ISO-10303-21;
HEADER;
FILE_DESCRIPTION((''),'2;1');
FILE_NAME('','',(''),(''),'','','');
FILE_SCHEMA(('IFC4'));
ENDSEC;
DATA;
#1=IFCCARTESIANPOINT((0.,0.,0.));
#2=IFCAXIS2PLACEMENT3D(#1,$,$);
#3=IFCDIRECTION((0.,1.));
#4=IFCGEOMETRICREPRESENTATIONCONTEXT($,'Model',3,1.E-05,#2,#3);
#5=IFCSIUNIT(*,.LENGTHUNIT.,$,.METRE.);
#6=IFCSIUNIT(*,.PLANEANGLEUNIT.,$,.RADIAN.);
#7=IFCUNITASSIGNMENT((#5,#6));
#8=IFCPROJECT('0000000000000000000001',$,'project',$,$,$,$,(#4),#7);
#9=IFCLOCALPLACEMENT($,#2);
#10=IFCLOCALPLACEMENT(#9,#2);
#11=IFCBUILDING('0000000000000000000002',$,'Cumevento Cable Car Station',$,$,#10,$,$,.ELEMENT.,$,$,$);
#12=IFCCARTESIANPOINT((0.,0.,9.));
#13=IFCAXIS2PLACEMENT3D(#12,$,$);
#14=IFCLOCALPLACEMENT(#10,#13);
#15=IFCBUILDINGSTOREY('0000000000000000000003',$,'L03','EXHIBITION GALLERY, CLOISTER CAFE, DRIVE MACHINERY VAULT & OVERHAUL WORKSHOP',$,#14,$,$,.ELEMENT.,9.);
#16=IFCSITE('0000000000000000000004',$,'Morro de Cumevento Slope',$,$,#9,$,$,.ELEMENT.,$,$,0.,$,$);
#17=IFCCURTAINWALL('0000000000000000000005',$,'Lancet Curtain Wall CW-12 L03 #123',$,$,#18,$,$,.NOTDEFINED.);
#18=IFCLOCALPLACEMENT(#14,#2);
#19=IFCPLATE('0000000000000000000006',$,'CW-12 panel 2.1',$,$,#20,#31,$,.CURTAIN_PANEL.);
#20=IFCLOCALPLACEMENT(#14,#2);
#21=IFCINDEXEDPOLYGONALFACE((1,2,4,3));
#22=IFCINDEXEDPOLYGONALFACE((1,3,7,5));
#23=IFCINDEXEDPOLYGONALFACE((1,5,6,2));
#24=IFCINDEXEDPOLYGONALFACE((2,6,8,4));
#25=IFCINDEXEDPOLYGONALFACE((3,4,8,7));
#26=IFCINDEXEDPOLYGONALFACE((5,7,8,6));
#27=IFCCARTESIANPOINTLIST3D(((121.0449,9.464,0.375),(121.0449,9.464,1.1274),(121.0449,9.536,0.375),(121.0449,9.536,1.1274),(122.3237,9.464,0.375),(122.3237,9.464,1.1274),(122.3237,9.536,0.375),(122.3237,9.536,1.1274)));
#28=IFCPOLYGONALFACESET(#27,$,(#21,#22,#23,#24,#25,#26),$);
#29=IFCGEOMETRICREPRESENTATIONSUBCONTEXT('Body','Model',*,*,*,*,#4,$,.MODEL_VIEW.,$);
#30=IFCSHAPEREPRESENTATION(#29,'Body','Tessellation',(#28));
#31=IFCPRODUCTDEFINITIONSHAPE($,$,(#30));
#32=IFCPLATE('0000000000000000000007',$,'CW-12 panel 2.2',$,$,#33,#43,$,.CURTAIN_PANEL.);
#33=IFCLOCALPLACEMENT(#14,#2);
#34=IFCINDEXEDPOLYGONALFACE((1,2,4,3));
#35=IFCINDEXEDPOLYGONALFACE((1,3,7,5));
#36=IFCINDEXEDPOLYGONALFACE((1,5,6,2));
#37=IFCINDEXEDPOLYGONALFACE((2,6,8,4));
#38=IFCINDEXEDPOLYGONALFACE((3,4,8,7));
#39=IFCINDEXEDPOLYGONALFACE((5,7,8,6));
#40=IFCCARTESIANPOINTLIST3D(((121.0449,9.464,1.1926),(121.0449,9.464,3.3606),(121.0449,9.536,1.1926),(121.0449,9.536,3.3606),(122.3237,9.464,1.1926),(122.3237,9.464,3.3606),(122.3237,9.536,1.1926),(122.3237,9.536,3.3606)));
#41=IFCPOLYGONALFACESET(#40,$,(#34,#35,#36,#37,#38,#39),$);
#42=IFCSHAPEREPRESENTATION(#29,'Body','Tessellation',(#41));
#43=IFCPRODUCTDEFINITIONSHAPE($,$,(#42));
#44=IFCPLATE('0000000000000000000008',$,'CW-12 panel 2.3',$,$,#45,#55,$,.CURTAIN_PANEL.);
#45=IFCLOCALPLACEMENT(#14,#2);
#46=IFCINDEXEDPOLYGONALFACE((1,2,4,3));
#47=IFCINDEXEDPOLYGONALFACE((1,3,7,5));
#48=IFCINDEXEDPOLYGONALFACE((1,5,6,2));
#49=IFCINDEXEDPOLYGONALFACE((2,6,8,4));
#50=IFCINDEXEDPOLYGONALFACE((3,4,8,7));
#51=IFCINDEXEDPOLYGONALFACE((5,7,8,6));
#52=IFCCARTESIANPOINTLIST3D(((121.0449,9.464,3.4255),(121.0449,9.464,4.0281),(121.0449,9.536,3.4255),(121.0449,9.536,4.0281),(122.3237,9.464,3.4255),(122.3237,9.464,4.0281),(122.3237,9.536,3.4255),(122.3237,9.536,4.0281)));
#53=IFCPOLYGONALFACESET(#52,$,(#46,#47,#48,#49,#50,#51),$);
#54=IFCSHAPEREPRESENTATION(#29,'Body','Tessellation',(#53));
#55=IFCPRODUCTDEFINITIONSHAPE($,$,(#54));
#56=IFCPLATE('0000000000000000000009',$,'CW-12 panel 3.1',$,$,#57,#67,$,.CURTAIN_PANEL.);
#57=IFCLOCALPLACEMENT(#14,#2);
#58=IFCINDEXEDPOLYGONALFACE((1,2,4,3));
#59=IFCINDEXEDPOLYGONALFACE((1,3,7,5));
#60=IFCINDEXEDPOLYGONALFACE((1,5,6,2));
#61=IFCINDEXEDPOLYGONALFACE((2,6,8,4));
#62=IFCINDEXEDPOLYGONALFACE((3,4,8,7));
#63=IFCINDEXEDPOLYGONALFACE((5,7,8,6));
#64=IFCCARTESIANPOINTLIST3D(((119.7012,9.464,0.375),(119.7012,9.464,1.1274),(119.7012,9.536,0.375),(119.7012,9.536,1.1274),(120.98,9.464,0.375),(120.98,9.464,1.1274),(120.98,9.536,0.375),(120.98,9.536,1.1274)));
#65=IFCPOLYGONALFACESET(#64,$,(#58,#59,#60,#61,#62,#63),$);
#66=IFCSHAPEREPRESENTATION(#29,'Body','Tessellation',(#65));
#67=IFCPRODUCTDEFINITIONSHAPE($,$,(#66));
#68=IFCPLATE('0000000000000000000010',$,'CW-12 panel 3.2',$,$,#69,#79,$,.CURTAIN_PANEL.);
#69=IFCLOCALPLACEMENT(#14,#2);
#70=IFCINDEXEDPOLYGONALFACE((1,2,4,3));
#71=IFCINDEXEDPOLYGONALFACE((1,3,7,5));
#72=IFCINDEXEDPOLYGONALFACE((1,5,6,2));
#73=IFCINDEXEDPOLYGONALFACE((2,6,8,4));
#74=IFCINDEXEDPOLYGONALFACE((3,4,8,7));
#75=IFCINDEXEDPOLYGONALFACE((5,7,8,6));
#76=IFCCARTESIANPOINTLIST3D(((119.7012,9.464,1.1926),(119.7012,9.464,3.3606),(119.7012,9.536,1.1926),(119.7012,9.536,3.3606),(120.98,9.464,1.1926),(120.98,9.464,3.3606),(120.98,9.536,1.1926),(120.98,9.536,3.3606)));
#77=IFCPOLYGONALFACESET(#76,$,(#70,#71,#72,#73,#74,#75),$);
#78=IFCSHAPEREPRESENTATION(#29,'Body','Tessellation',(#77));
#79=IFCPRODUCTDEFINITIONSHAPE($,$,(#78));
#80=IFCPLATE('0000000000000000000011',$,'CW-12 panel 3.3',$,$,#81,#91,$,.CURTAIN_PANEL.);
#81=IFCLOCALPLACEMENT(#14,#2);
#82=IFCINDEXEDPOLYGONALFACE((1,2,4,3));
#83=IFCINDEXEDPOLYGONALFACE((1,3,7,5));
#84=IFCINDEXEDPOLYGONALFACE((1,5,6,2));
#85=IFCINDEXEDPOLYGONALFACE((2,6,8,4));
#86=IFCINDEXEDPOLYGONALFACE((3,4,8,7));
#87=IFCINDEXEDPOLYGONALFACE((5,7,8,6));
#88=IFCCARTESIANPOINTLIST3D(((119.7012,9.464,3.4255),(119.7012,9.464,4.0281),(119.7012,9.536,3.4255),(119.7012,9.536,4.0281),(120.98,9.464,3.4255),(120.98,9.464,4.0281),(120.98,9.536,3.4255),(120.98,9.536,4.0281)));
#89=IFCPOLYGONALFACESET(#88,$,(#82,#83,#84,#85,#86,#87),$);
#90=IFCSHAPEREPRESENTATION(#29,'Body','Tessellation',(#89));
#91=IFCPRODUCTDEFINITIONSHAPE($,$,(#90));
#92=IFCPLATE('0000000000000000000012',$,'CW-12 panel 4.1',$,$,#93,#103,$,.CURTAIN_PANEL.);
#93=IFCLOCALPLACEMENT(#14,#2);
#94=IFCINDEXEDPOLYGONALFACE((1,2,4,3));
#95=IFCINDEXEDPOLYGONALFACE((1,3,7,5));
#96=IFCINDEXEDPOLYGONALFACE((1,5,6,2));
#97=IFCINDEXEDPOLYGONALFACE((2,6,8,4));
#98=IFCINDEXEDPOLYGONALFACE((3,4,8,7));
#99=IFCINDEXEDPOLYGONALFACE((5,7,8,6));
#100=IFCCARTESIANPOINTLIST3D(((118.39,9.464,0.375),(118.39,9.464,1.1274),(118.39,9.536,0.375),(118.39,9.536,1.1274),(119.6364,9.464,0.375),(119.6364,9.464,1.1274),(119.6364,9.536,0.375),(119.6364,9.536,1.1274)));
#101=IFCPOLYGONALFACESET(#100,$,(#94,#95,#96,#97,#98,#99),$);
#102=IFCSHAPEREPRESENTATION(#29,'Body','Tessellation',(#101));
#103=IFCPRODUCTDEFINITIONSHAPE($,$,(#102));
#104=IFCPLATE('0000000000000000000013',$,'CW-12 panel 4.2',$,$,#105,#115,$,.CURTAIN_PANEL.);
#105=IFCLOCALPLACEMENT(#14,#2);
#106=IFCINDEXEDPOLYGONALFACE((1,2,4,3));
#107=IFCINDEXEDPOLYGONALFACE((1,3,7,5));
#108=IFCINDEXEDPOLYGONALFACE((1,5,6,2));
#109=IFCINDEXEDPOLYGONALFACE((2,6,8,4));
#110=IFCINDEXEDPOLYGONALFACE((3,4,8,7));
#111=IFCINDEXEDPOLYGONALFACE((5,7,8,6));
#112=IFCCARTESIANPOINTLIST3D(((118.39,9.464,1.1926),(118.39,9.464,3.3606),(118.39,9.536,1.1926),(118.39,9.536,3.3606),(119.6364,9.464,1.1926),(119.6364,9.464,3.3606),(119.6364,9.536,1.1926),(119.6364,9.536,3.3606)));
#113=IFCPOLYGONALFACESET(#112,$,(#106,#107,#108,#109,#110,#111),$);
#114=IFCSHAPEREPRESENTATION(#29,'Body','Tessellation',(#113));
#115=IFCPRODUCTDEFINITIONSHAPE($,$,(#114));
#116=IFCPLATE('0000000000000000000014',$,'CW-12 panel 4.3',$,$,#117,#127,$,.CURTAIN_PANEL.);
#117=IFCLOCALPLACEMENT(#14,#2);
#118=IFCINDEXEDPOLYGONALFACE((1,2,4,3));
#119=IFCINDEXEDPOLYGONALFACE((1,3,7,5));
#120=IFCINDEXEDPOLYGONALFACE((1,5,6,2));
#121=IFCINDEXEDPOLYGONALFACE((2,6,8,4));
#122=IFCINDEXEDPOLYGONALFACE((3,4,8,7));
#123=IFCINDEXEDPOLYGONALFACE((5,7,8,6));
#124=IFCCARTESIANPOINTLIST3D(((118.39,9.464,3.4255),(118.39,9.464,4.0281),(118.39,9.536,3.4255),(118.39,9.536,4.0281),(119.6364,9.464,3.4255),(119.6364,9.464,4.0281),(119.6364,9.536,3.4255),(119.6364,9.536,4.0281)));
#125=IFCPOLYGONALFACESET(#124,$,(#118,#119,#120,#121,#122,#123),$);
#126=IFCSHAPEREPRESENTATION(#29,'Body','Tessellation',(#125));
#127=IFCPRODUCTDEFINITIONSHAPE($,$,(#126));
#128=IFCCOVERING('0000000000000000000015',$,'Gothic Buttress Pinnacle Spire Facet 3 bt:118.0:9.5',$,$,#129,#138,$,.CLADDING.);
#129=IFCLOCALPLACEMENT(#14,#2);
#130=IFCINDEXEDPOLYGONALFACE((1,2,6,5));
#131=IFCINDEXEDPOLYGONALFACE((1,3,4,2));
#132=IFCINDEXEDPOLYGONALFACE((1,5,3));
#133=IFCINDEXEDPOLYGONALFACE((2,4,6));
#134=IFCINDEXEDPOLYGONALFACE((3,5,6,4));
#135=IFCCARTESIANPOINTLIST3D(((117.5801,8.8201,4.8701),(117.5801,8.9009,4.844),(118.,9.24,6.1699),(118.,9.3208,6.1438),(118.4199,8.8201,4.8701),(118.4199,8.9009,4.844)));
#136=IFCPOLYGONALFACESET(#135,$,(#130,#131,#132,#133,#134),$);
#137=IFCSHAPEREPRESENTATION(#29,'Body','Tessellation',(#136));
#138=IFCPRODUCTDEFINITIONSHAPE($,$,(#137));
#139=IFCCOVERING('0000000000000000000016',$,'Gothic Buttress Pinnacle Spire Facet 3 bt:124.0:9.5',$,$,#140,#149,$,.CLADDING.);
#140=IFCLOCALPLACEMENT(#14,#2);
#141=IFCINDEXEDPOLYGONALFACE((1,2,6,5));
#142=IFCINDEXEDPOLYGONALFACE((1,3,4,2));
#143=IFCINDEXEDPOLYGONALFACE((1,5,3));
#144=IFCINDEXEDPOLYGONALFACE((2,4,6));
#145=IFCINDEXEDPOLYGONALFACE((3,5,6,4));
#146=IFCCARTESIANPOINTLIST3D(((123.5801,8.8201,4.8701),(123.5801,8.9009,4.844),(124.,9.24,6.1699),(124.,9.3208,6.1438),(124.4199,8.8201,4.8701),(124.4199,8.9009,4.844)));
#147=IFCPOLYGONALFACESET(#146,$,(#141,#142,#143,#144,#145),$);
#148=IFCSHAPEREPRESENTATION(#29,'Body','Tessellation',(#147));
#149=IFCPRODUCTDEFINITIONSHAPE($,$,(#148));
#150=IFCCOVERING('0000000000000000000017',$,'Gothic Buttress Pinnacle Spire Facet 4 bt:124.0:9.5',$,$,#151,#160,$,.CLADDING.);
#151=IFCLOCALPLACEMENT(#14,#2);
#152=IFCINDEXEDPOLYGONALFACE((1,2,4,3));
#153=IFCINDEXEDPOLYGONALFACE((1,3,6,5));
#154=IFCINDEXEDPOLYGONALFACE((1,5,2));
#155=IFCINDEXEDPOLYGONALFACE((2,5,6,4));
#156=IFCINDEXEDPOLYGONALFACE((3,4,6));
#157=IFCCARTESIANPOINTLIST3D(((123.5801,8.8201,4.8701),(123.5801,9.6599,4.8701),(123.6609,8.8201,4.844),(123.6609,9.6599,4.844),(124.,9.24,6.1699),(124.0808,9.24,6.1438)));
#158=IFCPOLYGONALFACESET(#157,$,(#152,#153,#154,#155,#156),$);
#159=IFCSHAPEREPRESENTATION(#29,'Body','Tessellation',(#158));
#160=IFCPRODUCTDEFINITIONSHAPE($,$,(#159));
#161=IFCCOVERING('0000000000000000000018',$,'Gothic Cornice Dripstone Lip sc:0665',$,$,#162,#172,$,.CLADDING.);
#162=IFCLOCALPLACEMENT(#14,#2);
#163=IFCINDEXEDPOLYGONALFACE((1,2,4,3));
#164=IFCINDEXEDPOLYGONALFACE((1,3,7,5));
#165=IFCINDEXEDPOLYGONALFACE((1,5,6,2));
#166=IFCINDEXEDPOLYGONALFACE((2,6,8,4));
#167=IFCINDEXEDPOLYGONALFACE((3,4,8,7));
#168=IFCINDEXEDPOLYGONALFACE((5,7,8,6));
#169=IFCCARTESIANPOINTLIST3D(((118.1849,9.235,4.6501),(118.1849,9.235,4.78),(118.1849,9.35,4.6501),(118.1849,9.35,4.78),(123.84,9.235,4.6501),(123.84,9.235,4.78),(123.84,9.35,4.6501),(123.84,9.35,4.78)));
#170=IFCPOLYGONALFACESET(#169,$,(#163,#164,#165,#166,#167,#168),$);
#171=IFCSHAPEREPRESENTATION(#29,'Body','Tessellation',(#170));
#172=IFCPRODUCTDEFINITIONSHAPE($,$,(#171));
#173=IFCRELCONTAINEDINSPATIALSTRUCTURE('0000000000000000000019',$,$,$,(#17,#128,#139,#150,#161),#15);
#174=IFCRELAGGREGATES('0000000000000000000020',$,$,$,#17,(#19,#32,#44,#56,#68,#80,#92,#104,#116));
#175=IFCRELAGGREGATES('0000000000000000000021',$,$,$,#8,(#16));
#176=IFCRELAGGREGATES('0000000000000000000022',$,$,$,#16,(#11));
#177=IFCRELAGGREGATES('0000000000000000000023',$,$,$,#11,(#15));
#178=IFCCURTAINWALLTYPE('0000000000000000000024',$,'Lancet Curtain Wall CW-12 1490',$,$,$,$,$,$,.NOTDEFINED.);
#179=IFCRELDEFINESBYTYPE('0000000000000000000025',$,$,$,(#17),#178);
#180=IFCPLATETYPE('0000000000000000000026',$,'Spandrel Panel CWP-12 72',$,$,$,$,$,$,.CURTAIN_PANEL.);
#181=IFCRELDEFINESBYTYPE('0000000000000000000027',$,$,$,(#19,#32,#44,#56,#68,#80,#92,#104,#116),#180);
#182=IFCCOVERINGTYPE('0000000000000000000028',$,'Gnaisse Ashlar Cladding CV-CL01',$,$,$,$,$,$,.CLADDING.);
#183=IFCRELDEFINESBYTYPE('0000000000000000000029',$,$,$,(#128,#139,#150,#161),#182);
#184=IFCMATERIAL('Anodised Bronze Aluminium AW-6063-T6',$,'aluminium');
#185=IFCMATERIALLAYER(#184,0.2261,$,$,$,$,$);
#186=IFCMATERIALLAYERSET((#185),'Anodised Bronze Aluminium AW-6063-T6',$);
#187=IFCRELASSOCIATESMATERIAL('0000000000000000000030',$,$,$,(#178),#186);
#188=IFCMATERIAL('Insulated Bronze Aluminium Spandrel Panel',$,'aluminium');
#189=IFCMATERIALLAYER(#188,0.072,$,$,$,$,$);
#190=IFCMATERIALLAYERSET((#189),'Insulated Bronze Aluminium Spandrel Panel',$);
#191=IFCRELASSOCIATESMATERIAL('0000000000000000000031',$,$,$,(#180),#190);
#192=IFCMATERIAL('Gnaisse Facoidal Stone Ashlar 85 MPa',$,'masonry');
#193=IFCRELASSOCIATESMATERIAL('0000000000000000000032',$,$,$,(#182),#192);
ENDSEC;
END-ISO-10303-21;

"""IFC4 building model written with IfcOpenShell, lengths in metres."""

from ifc_helpers import new_model, si_unit, direction, frame, origin, origin_2d, place, context, subcontext, project, spatial, polyline, rectangle, outline, extrude, material, layer, layer_set, type_object, element, aggregate, save


model = new_model("IFC4")

# Units and contexts
model_context = context("Model", 3, precision=1e-05, world=origin(), true_north=direction((0.0, 1.0)))
body_context = subcontext(model_context, "Body", "Model", "MODEL_VIEW")
ifc_project = project(units=[si_unit("LENGTHUNIT", "METRE"), si_unit("PLANEANGLEUNIT", "RADIAN")], contexts=[model_context])

# Site, building, storey
site_placement = place(None, origin())
site = spatial("IfcSite", under=ifc_project, at=site_placement, Name="Morro de Cumevento Slope", CompositionType="ELEMENT", RefElevation=0.0)
building_placement = place(site_placement, origin())
building = spatial("IfcBuilding", under=site, at=building_placement, Name="Cumevento Cable Car Station", CompositionType="ELEMENT")
storey_placement = place(building_placement, frame((0.0, 0.0, 9.0)))
storey = spatial("IfcBuildingStorey", under=building, at=storey_placement, Name="L03", Description="EXHIBITION GALLERY, CLOISTER CAFE, DRIVE MACHINERY VAULT & OVERHAUL WORKSHOP", CompositionType="ELEMENT", Elevation=9.0)

# Curtain wall
ifc_material_1 = material(Name="Anodised Bronze Aluminium AW-6063-T6", Category="aluminium")
ifc_layer_1 = layer(ifc_material_1, 0.2261)
ifc_layer_set_1 = layer_set([ifc_layer_1], Name="Anodised Bronze Aluminium AW-6063-T6")
curtain_wall_type = type_object("IfcCurtainWallType", Name="Lancet Curtain Wall CW-12 1490", PredefinedType="NOTDEFINED", material=ifc_layer_set_1)
curtain_wall_placement = place(storey_placement, origin())
curtain_wall = element("IfcCurtainWall", 1, at=curtain_wall_placement, inside=storey, type_object=curtain_wall_type, Name="Lancet Curtain Wall CW-12 L03 #123", PredefinedType="NOTDEFINED")

# Plates
ifc_material_2 = material(Name="Insulated Bronze Aluminium Spandrel Panel", Category="aluminium")
ifc_layer_2 = layer(ifc_material_2, 0.072)
ifc_layer_set_2 = layer_set([ifc_layer_2], Name="Insulated Bronze Aluminium Spandrel Panel")
plate_type = type_object("IfcPlateType", Name="Spandrel Panel CWP-12 72", PredefinedType="CURTAIN_PANEL", material=ifc_layer_set_2)
plate_1_placement = place(storey_placement, frame((121.6843, 9.5, 0.375), z_axis=(0.0, 0.0, 1.0), x_axis=(-1.0, 0.0, 0.0)))
plate_1 = element("IfcPlate", 2, at=plate_1_placement, type_object=plate_type, Name="CW-12 panel 2.1", PredefinedType="CURTAIN_PANEL", context=body_context, shape_type="SweptSolid", body=[
    extrude(rectangle(XDim=1.2788, YDim=0.072, at=origin_2d()), origin(), (0.0, 0.0, 1.0), 0.7524),
])
plate_2_placement = place(storey_placement, frame((121.6843, 9.5, 1.1926), z_axis=(0.0, 0.0, 1.0), x_axis=(-1.0, 0.0, 0.0)))
plate_2 = element("IfcPlate", 3, at=plate_2_placement, type_object=plate_type, Name="CW-12 panel 2.2", PredefinedType="CURTAIN_PANEL", context=body_context, shape_type="SweptSolid", body=[
    extrude(rectangle(XDim=1.2788, YDim=0.072, at=origin_2d()), origin(), (0.0, 0.0, 1.0), 2.168),
])
plate_3_placement = place(storey_placement, frame((121.6843, 9.5, 3.4255), z_axis=(0.0, 0.0, 1.0), x_axis=(-1.0, 0.0, 0.0)))
plate_3 = element("IfcPlate", 4, at=plate_3_placement, type_object=plate_type, Name="CW-12 panel 2.3", PredefinedType="CURTAIN_PANEL", context=body_context, shape_type="SweptSolid", body=[
    extrude(rectangle(XDim=1.2788, YDim=0.072, at=origin_2d()), origin(), (0.0, 0.0, 1.0), 0.6025),
])
plate_4_placement = place(storey_placement, frame((120.3406, 9.5, 0.375), z_axis=(0.0, 0.0, 1.0), x_axis=(-1.0, 0.0, 0.0)))
plate_4 = element("IfcPlate", 5, at=plate_4_placement, type_object=plate_type, Name="CW-12 panel 3.1", PredefinedType="CURTAIN_PANEL", context=body_context, shape_type="SweptSolid", body=[
    extrude(rectangle(XDim=1.2788, YDim=0.072, at=origin_2d()), origin(), (0.0, 0.0, 1.0), 0.7524),
])
plate_5_placement = place(storey_placement, frame((120.3406, 9.5, 1.1926), z_axis=(0.0, 0.0, 1.0), x_axis=(-1.0, 0.0, 0.0)))
plate_5 = element("IfcPlate", 6, at=plate_5_placement, type_object=plate_type, Name="CW-12 panel 3.2", PredefinedType="CURTAIN_PANEL", context=body_context, shape_type="SweptSolid", body=[
    extrude(rectangle(XDim=1.2788, YDim=0.072, at=origin_2d()), origin(), (0.0, 0.0, 1.0), 2.168),
])
plate_6_placement = place(storey_placement, frame((120.3406, 9.5, 3.4255), z_axis=(0.0, 0.0, 1.0), x_axis=(-1.0, 0.0, 0.0)))
plate_6 = element("IfcPlate", 7, at=plate_6_placement, type_object=plate_type, Name="CW-12 panel 3.3", PredefinedType="CURTAIN_PANEL", context=body_context, shape_type="SweptSolid", body=[
    extrude(rectangle(XDim=1.2788, YDim=0.072, at=origin_2d()), origin(), (0.0, 0.0, 1.0), 0.6025),
])
plate_7_placement = place(storey_placement, frame((119.0132, 9.5, 0.375), z_axis=(0.0, 0.0, 1.0), x_axis=(-1.0, 0.0, 0.0)))
plate_7 = element("IfcPlate", 8, at=plate_7_placement, type_object=plate_type, Name="CW-12 panel 4.1", PredefinedType="CURTAIN_PANEL", context=body_context, shape_type="SweptSolid", body=[
    extrude(rectangle(XDim=1.2463, YDim=0.072, at=origin_2d()), origin(), (0.0, 0.0, 1.0), 0.7524),
])
plate_8_placement = place(storey_placement, frame((119.0132, 9.5, 1.1926), z_axis=(0.0, 0.0, 1.0), x_axis=(-1.0, 0.0, 0.0)))
plate_8 = element("IfcPlate", 9, at=plate_8_placement, type_object=plate_type, Name="CW-12 panel 4.2", PredefinedType="CURTAIN_PANEL", context=body_context, shape_type="SweptSolid", body=[
    extrude(rectangle(XDim=1.2463, YDim=0.072, at=origin_2d()), origin(), (0.0, 0.0, 1.0), 2.168),
])
plate_9_placement = place(storey_placement, frame((119.0132, 9.5, 3.4255), z_axis=(0.0, 0.0, 1.0), x_axis=(-1.0, 0.0, 0.0)))
plate_9 = element("IfcPlate", 10, at=plate_9_placement, type_object=plate_type, Name="CW-12 panel 4.3", PredefinedType="CURTAIN_PANEL", context=body_context, shape_type="SweptSolid", body=[
    extrude(rectangle(XDim=1.2463, YDim=0.072, at=origin_2d()), origin(), (0.0, 0.0, 1.0), 0.6025),
])
aggregate(curtain_wall, [plate_1, plate_2, plate_3, plate_4, plate_5, plate_6, plate_7, plate_8, plate_9])

# Coverings
ifc_material_3 = material(Name="Gnaisse Facoidal Stone Ashlar 85 MPa", Category="masonry")
covering_type = type_object("IfcCoveringType", Name="Gnaisse Ashlar Cladding CV-CL01", PredefinedType="CLADDING", material=ifc_material_3)
for number, where, z_axis, x_axis, name in (
    (11, (118.4199, 8.8201, 4.8701), (0.0, -0.951574, 0.307421), (-1.0, 0.0, 0.0), "Gothic Buttress Pinnacle Spire Facet 3 bt:118.0:9.5"),
    (12, (124.4199, 8.8201, 4.8701), (0.0, -0.951574, 0.307421), (-1.0, 0.0, 0.0), "Gothic Buttress Pinnacle Spire Facet 3 bt:124.0:9.5"),
    (13, (123.5801, 8.8201, 4.8701), (-0.951574, 0.0, 0.307421), (0.0, 1.0, 0.0), "Gothic Buttress Pinnacle Spire Facet 4 bt:124.0:9.5"),
):
    element("IfcCovering", number, at=place(storey_placement, frame(where, z_axis=z_axis, x_axis=x_axis)), inside=storey, type_object=covering_type, Name=name, PredefinedType="CLADDING", context=body_context, shape_type="SweptSolid", body=[
        extrude(outline(polyline([(0.0, 0.0), (0.8398, 0.0), (0.4199, -1.366), (0.0, 0.0)])), origin(), (0.0, 0.0, -1.0), 0.085),
    ])
covering_placement = place(storey_placement, frame((121.0125, 9.2925, 4.6501), z_axis=(0.0, 0.0, 1.0), x_axis=(-1.0, 0.0, 0.0)))
element("IfcCovering", 14, at=covering_placement, inside=storey, type_object=covering_type, Name="Gothic Cornice Dripstone Lip sc:0665", PredefinedType="CLADDING", context=body_context, shape_type="SweptSolid", body=[
    extrude(rectangle(XDim=5.655, YDim=0.115, at=origin_2d()), origin(), (0.0, 0.0, 1.0), 0.1299),
])

save(model, "model.ifc")
